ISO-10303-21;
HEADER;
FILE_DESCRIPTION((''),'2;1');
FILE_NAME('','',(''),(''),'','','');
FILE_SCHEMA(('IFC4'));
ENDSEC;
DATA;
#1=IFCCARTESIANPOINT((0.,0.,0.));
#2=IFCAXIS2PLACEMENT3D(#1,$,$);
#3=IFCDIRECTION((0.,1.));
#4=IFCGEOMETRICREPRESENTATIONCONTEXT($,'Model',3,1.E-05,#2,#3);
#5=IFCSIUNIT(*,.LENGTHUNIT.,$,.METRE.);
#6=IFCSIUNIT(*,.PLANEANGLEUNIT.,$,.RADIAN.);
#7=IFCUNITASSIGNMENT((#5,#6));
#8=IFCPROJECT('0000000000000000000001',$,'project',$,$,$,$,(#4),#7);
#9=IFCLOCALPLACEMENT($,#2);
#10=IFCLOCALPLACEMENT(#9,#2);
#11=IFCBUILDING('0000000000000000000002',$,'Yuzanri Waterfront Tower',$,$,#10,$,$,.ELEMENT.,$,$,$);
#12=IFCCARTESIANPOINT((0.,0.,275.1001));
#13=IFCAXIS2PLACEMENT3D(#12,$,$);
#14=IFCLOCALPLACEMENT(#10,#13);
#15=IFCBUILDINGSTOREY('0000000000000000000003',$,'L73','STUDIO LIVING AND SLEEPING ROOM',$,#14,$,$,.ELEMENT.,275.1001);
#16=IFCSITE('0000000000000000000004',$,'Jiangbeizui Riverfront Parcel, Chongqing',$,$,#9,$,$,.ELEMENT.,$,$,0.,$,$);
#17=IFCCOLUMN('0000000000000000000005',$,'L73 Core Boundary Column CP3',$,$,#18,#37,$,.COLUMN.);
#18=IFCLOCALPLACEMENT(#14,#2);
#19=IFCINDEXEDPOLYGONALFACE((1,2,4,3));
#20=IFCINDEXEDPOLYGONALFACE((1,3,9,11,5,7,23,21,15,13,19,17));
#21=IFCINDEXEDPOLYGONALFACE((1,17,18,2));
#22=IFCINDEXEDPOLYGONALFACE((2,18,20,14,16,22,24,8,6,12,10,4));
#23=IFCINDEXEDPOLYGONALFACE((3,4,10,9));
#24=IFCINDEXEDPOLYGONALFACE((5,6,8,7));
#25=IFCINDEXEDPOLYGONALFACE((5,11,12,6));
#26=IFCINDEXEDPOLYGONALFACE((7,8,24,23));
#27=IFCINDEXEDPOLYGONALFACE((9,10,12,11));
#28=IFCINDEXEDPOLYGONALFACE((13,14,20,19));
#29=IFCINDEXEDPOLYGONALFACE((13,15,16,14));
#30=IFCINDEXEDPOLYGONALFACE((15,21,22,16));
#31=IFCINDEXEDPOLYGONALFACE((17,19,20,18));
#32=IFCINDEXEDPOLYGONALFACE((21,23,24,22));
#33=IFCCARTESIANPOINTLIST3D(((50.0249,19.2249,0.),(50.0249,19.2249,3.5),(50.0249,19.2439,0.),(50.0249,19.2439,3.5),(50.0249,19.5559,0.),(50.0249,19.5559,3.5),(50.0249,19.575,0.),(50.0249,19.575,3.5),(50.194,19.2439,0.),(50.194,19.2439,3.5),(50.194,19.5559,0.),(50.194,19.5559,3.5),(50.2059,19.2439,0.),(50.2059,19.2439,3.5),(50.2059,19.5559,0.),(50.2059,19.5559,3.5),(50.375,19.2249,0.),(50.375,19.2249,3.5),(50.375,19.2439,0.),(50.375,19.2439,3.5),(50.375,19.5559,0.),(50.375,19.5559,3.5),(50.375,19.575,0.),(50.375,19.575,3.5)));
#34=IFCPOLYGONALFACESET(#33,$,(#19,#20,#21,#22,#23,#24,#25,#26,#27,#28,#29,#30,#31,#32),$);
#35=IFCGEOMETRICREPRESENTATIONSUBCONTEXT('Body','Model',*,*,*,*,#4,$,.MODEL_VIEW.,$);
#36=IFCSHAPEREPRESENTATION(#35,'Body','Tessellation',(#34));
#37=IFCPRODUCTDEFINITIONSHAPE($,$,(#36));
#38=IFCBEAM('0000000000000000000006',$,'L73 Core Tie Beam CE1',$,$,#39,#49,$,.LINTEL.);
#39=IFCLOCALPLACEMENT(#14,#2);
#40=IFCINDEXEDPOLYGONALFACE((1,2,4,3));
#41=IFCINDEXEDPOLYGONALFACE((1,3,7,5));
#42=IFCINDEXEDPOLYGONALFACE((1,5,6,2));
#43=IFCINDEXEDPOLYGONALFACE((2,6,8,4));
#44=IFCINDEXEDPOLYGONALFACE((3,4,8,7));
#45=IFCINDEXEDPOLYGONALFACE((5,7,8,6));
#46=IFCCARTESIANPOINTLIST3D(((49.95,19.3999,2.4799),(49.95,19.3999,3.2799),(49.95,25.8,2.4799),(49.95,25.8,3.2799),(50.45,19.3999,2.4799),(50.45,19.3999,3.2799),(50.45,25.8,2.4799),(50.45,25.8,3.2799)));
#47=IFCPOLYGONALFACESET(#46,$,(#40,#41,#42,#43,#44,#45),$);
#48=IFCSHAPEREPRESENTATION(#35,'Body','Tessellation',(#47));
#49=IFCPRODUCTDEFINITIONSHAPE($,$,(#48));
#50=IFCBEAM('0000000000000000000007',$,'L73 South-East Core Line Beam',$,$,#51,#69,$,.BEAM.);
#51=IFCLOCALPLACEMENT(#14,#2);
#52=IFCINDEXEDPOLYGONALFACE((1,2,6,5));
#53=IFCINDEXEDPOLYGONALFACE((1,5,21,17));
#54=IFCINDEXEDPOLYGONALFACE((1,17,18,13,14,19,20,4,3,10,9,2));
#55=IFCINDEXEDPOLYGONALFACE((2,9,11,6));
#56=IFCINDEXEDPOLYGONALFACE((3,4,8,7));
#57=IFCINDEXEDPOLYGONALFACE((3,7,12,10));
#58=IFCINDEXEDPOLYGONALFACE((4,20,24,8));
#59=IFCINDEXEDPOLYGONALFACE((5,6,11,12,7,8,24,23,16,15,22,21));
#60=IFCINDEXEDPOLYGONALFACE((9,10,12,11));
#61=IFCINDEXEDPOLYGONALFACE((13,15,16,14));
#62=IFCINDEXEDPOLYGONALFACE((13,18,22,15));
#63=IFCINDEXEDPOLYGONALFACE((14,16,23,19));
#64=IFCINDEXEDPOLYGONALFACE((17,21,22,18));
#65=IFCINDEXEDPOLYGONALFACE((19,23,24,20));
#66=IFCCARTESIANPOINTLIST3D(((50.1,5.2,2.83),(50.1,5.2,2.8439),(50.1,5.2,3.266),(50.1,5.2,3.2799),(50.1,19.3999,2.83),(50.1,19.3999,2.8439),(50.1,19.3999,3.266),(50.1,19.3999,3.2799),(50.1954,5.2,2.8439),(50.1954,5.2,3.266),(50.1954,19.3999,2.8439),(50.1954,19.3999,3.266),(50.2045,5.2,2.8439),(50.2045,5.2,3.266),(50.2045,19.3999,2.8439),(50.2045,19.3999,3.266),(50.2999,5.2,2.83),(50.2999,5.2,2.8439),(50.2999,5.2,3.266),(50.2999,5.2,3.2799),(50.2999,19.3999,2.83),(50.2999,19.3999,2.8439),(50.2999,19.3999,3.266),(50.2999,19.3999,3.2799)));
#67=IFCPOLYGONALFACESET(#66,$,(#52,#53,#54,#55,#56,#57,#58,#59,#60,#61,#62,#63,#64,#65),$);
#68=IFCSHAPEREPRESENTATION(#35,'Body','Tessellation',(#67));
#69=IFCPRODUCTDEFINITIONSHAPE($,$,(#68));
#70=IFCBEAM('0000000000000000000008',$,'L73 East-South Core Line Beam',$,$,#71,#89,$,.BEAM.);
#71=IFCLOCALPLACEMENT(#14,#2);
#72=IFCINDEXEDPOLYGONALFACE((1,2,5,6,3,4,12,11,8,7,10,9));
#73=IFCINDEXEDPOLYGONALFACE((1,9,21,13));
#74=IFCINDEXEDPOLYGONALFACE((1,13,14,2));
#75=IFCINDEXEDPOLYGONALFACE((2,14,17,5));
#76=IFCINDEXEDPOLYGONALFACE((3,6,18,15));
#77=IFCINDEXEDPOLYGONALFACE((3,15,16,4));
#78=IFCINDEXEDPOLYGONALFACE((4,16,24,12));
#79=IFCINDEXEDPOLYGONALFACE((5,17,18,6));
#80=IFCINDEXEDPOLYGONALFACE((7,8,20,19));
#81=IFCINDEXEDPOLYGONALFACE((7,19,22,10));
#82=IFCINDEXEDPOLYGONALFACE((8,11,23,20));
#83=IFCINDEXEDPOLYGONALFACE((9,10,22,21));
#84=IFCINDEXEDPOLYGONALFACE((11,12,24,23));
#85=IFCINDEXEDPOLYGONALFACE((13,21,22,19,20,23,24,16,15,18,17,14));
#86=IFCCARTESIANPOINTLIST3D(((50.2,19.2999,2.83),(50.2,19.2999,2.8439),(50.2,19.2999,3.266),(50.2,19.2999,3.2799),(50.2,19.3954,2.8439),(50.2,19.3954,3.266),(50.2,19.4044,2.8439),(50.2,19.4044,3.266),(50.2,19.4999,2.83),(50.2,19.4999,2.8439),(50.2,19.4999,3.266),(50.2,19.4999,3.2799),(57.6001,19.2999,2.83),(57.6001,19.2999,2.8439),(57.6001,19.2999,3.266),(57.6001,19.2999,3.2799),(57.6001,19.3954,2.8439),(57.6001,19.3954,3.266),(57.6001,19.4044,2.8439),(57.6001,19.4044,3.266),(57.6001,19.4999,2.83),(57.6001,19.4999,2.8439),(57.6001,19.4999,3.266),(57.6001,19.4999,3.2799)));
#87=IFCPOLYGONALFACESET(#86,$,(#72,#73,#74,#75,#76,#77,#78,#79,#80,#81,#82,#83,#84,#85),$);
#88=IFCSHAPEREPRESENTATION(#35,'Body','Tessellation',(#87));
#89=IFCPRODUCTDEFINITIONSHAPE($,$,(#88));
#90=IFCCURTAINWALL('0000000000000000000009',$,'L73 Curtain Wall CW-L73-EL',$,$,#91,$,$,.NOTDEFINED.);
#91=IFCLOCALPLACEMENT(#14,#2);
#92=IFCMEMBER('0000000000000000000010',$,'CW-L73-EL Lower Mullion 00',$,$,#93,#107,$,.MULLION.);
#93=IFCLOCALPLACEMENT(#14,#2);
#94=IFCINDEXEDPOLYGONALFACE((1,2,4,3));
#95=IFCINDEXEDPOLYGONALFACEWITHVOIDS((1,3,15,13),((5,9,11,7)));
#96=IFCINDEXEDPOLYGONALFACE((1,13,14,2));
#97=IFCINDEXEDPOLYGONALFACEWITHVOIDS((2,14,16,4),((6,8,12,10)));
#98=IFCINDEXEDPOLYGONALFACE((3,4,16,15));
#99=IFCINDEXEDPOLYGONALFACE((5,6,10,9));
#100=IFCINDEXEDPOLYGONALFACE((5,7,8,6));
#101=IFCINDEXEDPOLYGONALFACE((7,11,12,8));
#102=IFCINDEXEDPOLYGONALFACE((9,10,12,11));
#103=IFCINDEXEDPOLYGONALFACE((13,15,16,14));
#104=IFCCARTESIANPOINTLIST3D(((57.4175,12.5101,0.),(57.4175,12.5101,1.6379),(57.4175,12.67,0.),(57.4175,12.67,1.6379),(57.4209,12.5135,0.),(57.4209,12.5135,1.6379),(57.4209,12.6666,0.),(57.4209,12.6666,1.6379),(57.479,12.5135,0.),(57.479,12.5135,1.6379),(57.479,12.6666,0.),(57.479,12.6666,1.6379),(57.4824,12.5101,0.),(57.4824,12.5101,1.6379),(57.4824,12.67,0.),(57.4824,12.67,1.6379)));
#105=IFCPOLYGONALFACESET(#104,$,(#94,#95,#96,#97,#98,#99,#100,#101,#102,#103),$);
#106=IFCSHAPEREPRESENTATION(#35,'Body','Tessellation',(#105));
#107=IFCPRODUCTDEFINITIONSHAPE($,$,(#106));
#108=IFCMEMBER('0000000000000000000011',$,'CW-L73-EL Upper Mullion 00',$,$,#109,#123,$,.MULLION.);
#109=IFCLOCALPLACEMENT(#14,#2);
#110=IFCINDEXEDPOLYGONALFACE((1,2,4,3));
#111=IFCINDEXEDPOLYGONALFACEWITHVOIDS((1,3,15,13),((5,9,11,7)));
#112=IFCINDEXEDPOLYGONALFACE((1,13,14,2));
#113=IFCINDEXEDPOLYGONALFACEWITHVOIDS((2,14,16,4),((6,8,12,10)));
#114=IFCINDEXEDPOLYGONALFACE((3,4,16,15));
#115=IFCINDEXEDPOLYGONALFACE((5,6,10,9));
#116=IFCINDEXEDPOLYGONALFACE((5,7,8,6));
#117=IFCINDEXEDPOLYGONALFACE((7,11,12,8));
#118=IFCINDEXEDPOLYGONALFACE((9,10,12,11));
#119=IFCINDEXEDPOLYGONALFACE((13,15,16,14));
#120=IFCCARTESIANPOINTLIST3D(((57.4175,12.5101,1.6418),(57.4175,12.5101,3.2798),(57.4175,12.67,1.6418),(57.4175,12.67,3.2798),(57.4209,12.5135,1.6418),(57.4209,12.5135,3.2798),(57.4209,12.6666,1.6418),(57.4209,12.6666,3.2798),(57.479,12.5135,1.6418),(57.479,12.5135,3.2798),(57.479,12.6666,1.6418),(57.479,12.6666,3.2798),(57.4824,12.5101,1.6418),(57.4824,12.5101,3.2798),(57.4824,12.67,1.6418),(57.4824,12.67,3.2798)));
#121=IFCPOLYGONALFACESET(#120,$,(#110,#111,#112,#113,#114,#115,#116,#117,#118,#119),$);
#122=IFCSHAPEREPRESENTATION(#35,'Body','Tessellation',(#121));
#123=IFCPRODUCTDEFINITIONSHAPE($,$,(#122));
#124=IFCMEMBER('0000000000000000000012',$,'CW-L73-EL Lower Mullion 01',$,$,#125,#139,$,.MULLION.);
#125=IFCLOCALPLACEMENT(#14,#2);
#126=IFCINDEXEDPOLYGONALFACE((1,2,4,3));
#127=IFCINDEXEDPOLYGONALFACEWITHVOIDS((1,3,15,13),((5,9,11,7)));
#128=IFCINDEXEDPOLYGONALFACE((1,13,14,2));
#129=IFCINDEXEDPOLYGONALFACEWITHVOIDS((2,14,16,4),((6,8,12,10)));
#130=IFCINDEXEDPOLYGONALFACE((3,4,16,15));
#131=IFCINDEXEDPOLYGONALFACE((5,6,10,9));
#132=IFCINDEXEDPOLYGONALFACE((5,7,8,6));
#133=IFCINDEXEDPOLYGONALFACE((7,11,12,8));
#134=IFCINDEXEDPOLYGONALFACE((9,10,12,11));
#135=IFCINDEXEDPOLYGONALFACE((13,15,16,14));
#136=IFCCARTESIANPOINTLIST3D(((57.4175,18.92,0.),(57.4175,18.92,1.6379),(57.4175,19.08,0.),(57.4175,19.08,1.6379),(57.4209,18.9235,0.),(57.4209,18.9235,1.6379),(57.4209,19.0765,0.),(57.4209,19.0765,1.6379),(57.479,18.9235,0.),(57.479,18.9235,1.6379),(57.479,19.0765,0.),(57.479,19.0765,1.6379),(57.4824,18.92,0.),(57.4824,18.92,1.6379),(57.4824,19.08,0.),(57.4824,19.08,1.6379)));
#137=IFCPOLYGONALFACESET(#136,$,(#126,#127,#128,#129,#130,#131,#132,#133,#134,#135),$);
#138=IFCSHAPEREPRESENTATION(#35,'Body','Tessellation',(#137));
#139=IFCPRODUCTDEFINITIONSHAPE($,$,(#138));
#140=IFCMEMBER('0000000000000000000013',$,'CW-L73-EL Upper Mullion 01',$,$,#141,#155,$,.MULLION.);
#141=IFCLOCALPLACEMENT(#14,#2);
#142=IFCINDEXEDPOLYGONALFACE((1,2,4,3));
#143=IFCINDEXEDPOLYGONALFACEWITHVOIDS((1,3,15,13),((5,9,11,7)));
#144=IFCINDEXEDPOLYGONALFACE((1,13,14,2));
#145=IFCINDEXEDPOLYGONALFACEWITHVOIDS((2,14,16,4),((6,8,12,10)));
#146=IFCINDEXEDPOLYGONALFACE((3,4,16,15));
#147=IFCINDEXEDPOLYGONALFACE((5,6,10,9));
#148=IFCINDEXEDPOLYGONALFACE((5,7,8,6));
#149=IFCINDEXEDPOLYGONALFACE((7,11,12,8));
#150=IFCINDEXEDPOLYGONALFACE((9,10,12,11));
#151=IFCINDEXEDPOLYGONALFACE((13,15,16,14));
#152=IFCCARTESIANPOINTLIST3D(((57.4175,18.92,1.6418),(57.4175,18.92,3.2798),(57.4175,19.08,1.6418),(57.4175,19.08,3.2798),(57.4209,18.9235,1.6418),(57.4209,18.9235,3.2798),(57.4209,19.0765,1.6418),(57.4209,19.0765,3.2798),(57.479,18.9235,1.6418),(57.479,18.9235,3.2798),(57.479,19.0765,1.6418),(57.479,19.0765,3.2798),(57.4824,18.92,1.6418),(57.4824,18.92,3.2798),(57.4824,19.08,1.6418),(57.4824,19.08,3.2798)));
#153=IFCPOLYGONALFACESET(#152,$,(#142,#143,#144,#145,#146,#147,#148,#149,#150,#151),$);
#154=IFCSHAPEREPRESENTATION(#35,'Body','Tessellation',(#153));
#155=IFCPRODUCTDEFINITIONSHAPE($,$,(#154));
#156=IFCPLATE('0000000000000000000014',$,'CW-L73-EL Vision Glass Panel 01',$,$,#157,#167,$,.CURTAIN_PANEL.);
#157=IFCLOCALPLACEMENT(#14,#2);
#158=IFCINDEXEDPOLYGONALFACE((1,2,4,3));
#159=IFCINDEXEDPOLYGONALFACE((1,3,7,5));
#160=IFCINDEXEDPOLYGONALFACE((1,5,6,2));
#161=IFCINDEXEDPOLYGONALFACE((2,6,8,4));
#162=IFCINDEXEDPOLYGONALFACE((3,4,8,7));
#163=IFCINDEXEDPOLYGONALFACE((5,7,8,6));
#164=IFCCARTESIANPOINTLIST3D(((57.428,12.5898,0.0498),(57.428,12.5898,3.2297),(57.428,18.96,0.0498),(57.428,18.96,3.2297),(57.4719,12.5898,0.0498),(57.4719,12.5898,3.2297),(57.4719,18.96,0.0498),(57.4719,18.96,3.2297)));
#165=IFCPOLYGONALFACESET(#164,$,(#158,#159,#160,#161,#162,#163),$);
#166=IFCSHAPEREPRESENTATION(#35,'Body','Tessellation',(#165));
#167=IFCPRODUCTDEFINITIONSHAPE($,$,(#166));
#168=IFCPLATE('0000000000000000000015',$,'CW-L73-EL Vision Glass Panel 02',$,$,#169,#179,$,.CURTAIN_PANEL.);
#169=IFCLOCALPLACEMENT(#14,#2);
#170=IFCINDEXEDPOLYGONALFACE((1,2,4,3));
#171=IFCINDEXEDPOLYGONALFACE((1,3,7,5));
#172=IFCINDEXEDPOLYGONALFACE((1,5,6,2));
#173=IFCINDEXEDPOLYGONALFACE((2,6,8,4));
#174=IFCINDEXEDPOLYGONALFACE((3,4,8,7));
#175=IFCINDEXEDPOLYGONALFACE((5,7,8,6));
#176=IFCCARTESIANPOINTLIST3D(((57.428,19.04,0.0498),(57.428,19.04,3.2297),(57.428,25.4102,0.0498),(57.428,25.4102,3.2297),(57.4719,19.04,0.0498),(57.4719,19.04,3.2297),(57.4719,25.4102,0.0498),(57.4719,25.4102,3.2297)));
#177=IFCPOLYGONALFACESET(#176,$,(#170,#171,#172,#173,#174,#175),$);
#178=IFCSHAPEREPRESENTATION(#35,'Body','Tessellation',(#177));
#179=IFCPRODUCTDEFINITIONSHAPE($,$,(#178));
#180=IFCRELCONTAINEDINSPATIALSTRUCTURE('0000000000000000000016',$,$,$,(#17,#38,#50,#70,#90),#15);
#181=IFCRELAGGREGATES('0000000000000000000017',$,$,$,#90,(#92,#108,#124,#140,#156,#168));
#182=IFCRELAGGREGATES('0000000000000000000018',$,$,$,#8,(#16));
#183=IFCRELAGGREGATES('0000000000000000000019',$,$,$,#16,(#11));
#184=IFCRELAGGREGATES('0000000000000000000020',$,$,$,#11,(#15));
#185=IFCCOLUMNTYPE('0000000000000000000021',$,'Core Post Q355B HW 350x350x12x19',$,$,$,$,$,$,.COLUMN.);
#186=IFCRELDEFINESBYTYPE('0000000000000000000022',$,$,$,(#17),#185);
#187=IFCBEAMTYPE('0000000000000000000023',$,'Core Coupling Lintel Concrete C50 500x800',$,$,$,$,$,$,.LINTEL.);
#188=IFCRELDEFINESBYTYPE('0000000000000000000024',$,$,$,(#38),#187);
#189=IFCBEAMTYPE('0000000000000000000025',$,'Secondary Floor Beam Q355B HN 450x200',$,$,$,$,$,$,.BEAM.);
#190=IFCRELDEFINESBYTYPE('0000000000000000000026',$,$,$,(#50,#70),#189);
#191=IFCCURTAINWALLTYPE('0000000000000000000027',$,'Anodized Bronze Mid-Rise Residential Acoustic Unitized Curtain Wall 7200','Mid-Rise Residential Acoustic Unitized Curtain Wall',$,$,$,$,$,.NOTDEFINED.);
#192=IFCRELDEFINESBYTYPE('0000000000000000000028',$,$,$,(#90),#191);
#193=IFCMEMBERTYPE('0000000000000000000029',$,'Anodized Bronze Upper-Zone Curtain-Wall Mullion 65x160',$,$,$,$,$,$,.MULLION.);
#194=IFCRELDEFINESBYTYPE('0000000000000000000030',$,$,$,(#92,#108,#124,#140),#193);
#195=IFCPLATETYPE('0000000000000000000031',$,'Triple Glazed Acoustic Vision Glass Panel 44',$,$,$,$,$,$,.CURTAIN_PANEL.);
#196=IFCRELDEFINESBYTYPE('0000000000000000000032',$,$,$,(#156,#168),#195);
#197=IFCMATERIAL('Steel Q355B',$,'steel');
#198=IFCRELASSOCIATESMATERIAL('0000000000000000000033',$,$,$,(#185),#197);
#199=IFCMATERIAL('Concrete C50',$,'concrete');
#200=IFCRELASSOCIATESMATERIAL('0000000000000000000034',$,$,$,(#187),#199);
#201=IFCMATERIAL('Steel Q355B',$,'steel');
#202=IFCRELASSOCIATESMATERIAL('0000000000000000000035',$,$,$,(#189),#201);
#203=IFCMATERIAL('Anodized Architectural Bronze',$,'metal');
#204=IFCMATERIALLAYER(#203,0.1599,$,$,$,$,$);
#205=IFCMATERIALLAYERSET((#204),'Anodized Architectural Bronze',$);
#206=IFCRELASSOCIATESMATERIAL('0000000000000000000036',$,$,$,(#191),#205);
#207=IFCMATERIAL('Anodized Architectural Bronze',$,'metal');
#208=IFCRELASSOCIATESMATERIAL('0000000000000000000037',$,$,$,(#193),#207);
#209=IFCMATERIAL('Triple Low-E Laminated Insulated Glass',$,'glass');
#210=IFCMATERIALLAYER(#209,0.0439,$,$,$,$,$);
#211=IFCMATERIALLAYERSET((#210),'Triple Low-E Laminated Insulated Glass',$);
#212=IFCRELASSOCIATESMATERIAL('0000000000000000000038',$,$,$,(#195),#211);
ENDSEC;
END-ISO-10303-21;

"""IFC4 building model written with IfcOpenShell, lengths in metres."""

from ifc_helpers import new_model, si_unit, direction, frame, origin, origin_2d, place, context, subcontext, project, spatial, rectangle, hollow_rectangle, i_section, extrude, source, transform, mapped, material, layer, layer_set, material_profile, profile_set, type_object, element, aggregate, save


model = new_model("IFC4")

# Units and contexts
model_context = context("Model", 3, precision=1e-05, world=origin(), true_north=direction((0.0, 1.0)))
body_context = subcontext(model_context, "Body", "Model", "MODEL_VIEW")
ifc_project = project(units=[si_unit("LENGTHUNIT", "METRE"), si_unit("PLANEANGLEUNIT", "RADIAN")], contexts=[model_context])

# Site, building, storey
site_placement = place(None, origin())
site = spatial("IfcSite", under=ifc_project, at=site_placement, Name="Jiangbeizui Riverfront Parcel, Chongqing", CompositionType="ELEMENT", RefElevation=0.0)
building_placement = place(site_placement, origin())
building = spatial("IfcBuilding", under=site, at=building_placement, Name="Yuzanri Waterfront Tower", CompositionType="ELEMENT")
storey_placement = place(building_placement, frame((0.0, 0.0, 275.1001)))
storey = spatial("IfcBuildingStorey", under=building, at=storey_placement, Name="L73", Description="STUDIO LIVING AND SLEEPING ROOM", CompositionType="ELEMENT", Elevation=275.1001)

# Column
ifc_material_1 = material(Name="Steel Q355B", Category="steel")
ifc_material_profile_1 = material_profile(ifc_material_1, i_section(OverallWidth=0.3501, OverallDepth=0.3501, WebThickness=0.012, FlangeThickness=0.019, at=origin_2d()), Name="HW 350x350x12x19")
ifc_profile_set_1 = profile_set([ifc_material_profile_1], Name="Steel Q355B")
column_type = type_object("IfcColumnType", Name="Core Post Q355B HW 350x350x12x19", PredefinedType="COLUMN", material=ifc_profile_set_1)
shared_shape_1 = source(origin(), body_context, "Body", "SweptSolid", [
    extrude(i_section(OverallWidth=0.3501, OverallDepth=0.3501, WebThickness=0.012, FlangeThickness=0.019, at=origin_2d()), origin(), (0.0, 0.0, 1.0), 3.5),
])
column_placement = place(storey_placement, frame((50.2, 19.3999, 0.0), z_axis=(0.0, 0.0, 1.0), x_axis=(1.0, 0.0, 0.0)))
element("IfcColumn", 1, at=column_placement, inside=storey, type_object=column_type, Name="L73 Core Boundary Column CP3", PredefinedType="COLUMN", context=body_context, shape_type="MappedRepresentation", body=[
    mapped(shared_shape_1, transform((0.0, 0.0, 0.0), scale=1.0)),
])

# Beams
ifc_material_2 = material(Name="Concrete C50", Category="concrete")
ifc_material_profile_2 = material_profile(ifc_material_2, rectangle(XDim=0.5, YDim=0.8, at=origin_2d()), Name="RC 500x800")
ifc_profile_set_2 = profile_set([ifc_material_profile_2], Name="Concrete C50")
beam_type_1 = type_object("IfcBeamType", Name="Core Coupling Lintel Concrete C50 500x800", PredefinedType="LINTEL", material=ifc_profile_set_2)
shared_shape_2 = source(origin(), body_context, "Body", "SweptSolid", [
    extrude(rectangle(XDim=0.5, YDim=0.8, at=origin_2d()), origin(), (0.0, 0.0, 1.0), 6.4001),
])
beam_1_placement = place(storey_placement, frame((50.2, 19.3999, 2.8799), z_axis=(0.0, 1.0, 0.0), x_axis=(-1.0, 0.0, 0.0)))
element("IfcBeam", 2, at=beam_1_placement, inside=storey, type_object=beam_type_1, Name="L73 Core Tie Beam CE1", PredefinedType="LINTEL", context=body_context, shape_type="MappedRepresentation", body=[
    mapped(shared_shape_2, transform((0.0, 0.0, 0.0), scale=1.0)),
])
ifc_material_3 = material(Name="Steel Q355B", Category="steel")
ifc_material_profile_3 = material_profile(ifc_material_3, i_section(OverallWidth=0.2, OverallDepth=0.45, WebThickness=0.009, FlangeThickness=0.0139, at=origin_2d()), Name="HN 450x200x9x14")
ifc_profile_set_3 = profile_set([ifc_material_profile_3], Name="Steel Q355B")
beam_type_2 = type_object("IfcBeamType", Name="Secondary Floor Beam Q355B HN 450x200", PredefinedType="BEAM", material=ifc_profile_set_3)
shared_shape_3 = source(origin(), body_context, "Body", "SweptSolid", [
    extrude(i_section(OverallWidth=0.2, OverallDepth=0.45, WebThickness=0.009, FlangeThickness=0.0139, at=origin_2d()), origin(), (0.0, 0.0, 1.0), 14.2),
])
beam_2_placement = place(storey_placement, frame((50.2, 19.3999, 3.0549), z_axis=(0.0, -1.0, 0.0), x_axis=(1.0, 0.0, 0.0)))
element("IfcBeam", 3, at=beam_2_placement, inside=storey, type_object=beam_type_2, Name="L73 South-East Core Line Beam", PredefinedType="BEAM", context=body_context, shape_type="MappedRepresentation", body=[
    mapped(shared_shape_3, transform((0.0, 0.0, 0.0), scale=1.0)),
])
shared_shape_4 = source(origin(), body_context, "Body", "SweptSolid", [
    extrude(i_section(OverallWidth=0.2, OverallDepth=0.45, WebThickness=0.009, FlangeThickness=0.0139, at=origin_2d()), origin(), (0.0, 0.0, 1.0), 7.4001),
])
beam_3_placement = place(storey_placement, frame((50.2, 19.3999, 3.0549), z_axis=(1.0, 0.0, 0.0), x_axis=(0.0, 1.0, 0.0)))
element("IfcBeam", 4, at=beam_3_placement, inside=storey, type_object=beam_type_2, Name="L73 East-South Core Line Beam", PredefinedType="BEAM", context=body_context, shape_type="MappedRepresentation", body=[
    mapped(shared_shape_4, transform((0.0, 0.0, 0.0), scale=1.0)),
])

# Curtain wall, members, plates
ifc_material_4 = material(Name="Anodized Architectural Bronze", Category="metal")
ifc_layer_1 = layer(ifc_material_4, 0.1599)
ifc_layer_set_1 = layer_set([ifc_layer_1], Name="Anodized Architectural Bronze")
curtain_wall_type = type_object("IfcCurtainWallType", Name="Anodized Bronze Mid-Rise Residential Acoustic Unitized Curtain Wall 7200", Description="Mid-Rise Residential Acoustic Unitized Curtain Wall", PredefinedType="NOTDEFINED", material=ifc_layer_set_1)
curtain_wall_placement = place(storey_placement, origin())
curtain_wall = element("IfcCurtainWall", 5, at=curtain_wall_placement, inside=storey, type_object=curtain_wall_type, Name="L73 Curtain Wall CW-L73-EL", PredefinedType="NOTDEFINED")
ifc_material_5 = material(Name="Anodized Architectural Bronze", Category="metal")
ifc_material_profile_4 = material_profile(ifc_material_5, hollow_rectangle(XDim=0.0649, YDim=0.1599, WallThickness=0.0034, at=origin_2d()), Name="CWM 65x160")
ifc_profile_set_4 = profile_set([ifc_material_profile_4], Name="Anodized Architectural Bronze")
member_type = type_object("IfcMemberType", Name="Anodized Bronze Upper-Zone Curtain-Wall Mullion 65x160", PredefinedType="MULLION", material=ifc_profile_set_4)
shared_shape_5 = source(origin(), body_context, "Body", "SweptSolid", [
    extrude(hollow_rectangle(XDim=0.0649, YDim=0.1599, WallThickness=0.0034, at=origin_2d()), origin(), (0.0, 0.0, 1.0), 1.6379),
])
member_1_placement = place(storey_placement, frame((57.45, 12.5901, 0.0), z_axis=(0.0, 0.0, 1.0), x_axis=(1.0, 0.0, 0.0)))
member_1 = element("IfcMember", 6, at=member_1_placement, type_object=member_type, Name="CW-L73-EL Lower Mullion 00", PredefinedType="MULLION", context=body_context, shape_type="MappedRepresentation", body=[
    mapped(shared_shape_5, transform((0.0, 0.0, 0.0), scale=1.0)),
])
member_2_placement = place(storey_placement, frame((57.45, 12.5901, 1.6418), z_axis=(0.0, 0.0, 1.0), x_axis=(1.0, 0.0, 0.0)))
member_2 = element("IfcMember", 7, at=member_2_placement, type_object=member_type, Name="CW-L73-EL Upper Mullion 00", PredefinedType="MULLION", context=body_context, shape_type="MappedRepresentation", body=[
    mapped(shared_shape_5, transform((0.0, 0.0, 0.0), scale=1.0)),
])
member_3_placement = place(storey_placement, frame((57.45, 19.0, 0.0), z_axis=(0.0, 0.0, 1.0), x_axis=(1.0, 0.0, 0.0)))
member_3 = element("IfcMember", 8, at=member_3_placement, type_object=member_type, Name="CW-L73-EL Lower Mullion 01", PredefinedType="MULLION", context=body_context, shape_type="MappedRepresentation", body=[
    mapped(shared_shape_5, transform((0.0, 0.0, 0.0), scale=1.0)),
])
member_4_placement = place(storey_placement, frame((57.45, 19.0, 1.6418), z_axis=(0.0, 0.0, 1.0), x_axis=(1.0, 0.0, 0.0)))
member_4 = element("IfcMember", 9, at=member_4_placement, type_object=member_type, Name="CW-L73-EL Upper Mullion 01", PredefinedType="MULLION", context=body_context, shape_type="MappedRepresentation", body=[
    mapped(shared_shape_5, transform((0.0, 0.0, 0.0), scale=1.0)),
])
ifc_material_6 = material(Name="Triple Low-E Laminated Insulated Glass", Category="glass")
ifc_layer_2 = layer(ifc_material_6, 0.0439)
ifc_layer_set_2 = layer_set([ifc_layer_2], Name="Triple Low-E Laminated Insulated Glass")
plate_type = type_object("IfcPlateType", Name="Triple Glazed Acoustic Vision Glass Panel 44", PredefinedType="CURTAIN_PANEL", material=ifc_layer_set_2)
shared_shape_6 = source(origin(), body_context, "Body", "SweptSolid", [
    extrude(rectangle(XDim=6.3701, YDim=0.0439, at=origin_2d()), origin(), (0.0, 0.0, 1.0), 3.1799),
])
plate_1_placement = place(storey_placement, frame((57.45, 15.7749, 0.0498), z_axis=(0.0, 0.0, 1.0), x_axis=(0.0, 1.0, 0.0)))
plate_1 = element("IfcPlate", 10, at=plate_1_placement, type_object=plate_type, Name="CW-L73-EL Vision Glass Panel 01", PredefinedType="CURTAIN_PANEL", context=body_context, shape_type="MappedRepresentation", body=[
    mapped(shared_shape_6, transform((0.0, 0.0, 0.0), scale=1.0)),
])
plate_2_placement = place(storey_placement, frame((57.45, 22.2251, 0.0498), z_axis=(0.0, 0.0, 1.0), x_axis=(0.0, 1.0, 0.0)))
plate_2 = element("IfcPlate", 11, at=plate_2_placement, type_object=plate_type, Name="CW-L73-EL Vision Glass Panel 02", PredefinedType="CURTAIN_PANEL", context=body_context, shape_type="MappedRepresentation", body=[
    mapped(shared_shape_6, transform((0.0, 0.0, 0.0), scale=1.0)),
])
aggregate(curtain_wall, [member_1, member_2, member_3, member_4, plate_1, plate_2])

save(model, "model.ifc")
